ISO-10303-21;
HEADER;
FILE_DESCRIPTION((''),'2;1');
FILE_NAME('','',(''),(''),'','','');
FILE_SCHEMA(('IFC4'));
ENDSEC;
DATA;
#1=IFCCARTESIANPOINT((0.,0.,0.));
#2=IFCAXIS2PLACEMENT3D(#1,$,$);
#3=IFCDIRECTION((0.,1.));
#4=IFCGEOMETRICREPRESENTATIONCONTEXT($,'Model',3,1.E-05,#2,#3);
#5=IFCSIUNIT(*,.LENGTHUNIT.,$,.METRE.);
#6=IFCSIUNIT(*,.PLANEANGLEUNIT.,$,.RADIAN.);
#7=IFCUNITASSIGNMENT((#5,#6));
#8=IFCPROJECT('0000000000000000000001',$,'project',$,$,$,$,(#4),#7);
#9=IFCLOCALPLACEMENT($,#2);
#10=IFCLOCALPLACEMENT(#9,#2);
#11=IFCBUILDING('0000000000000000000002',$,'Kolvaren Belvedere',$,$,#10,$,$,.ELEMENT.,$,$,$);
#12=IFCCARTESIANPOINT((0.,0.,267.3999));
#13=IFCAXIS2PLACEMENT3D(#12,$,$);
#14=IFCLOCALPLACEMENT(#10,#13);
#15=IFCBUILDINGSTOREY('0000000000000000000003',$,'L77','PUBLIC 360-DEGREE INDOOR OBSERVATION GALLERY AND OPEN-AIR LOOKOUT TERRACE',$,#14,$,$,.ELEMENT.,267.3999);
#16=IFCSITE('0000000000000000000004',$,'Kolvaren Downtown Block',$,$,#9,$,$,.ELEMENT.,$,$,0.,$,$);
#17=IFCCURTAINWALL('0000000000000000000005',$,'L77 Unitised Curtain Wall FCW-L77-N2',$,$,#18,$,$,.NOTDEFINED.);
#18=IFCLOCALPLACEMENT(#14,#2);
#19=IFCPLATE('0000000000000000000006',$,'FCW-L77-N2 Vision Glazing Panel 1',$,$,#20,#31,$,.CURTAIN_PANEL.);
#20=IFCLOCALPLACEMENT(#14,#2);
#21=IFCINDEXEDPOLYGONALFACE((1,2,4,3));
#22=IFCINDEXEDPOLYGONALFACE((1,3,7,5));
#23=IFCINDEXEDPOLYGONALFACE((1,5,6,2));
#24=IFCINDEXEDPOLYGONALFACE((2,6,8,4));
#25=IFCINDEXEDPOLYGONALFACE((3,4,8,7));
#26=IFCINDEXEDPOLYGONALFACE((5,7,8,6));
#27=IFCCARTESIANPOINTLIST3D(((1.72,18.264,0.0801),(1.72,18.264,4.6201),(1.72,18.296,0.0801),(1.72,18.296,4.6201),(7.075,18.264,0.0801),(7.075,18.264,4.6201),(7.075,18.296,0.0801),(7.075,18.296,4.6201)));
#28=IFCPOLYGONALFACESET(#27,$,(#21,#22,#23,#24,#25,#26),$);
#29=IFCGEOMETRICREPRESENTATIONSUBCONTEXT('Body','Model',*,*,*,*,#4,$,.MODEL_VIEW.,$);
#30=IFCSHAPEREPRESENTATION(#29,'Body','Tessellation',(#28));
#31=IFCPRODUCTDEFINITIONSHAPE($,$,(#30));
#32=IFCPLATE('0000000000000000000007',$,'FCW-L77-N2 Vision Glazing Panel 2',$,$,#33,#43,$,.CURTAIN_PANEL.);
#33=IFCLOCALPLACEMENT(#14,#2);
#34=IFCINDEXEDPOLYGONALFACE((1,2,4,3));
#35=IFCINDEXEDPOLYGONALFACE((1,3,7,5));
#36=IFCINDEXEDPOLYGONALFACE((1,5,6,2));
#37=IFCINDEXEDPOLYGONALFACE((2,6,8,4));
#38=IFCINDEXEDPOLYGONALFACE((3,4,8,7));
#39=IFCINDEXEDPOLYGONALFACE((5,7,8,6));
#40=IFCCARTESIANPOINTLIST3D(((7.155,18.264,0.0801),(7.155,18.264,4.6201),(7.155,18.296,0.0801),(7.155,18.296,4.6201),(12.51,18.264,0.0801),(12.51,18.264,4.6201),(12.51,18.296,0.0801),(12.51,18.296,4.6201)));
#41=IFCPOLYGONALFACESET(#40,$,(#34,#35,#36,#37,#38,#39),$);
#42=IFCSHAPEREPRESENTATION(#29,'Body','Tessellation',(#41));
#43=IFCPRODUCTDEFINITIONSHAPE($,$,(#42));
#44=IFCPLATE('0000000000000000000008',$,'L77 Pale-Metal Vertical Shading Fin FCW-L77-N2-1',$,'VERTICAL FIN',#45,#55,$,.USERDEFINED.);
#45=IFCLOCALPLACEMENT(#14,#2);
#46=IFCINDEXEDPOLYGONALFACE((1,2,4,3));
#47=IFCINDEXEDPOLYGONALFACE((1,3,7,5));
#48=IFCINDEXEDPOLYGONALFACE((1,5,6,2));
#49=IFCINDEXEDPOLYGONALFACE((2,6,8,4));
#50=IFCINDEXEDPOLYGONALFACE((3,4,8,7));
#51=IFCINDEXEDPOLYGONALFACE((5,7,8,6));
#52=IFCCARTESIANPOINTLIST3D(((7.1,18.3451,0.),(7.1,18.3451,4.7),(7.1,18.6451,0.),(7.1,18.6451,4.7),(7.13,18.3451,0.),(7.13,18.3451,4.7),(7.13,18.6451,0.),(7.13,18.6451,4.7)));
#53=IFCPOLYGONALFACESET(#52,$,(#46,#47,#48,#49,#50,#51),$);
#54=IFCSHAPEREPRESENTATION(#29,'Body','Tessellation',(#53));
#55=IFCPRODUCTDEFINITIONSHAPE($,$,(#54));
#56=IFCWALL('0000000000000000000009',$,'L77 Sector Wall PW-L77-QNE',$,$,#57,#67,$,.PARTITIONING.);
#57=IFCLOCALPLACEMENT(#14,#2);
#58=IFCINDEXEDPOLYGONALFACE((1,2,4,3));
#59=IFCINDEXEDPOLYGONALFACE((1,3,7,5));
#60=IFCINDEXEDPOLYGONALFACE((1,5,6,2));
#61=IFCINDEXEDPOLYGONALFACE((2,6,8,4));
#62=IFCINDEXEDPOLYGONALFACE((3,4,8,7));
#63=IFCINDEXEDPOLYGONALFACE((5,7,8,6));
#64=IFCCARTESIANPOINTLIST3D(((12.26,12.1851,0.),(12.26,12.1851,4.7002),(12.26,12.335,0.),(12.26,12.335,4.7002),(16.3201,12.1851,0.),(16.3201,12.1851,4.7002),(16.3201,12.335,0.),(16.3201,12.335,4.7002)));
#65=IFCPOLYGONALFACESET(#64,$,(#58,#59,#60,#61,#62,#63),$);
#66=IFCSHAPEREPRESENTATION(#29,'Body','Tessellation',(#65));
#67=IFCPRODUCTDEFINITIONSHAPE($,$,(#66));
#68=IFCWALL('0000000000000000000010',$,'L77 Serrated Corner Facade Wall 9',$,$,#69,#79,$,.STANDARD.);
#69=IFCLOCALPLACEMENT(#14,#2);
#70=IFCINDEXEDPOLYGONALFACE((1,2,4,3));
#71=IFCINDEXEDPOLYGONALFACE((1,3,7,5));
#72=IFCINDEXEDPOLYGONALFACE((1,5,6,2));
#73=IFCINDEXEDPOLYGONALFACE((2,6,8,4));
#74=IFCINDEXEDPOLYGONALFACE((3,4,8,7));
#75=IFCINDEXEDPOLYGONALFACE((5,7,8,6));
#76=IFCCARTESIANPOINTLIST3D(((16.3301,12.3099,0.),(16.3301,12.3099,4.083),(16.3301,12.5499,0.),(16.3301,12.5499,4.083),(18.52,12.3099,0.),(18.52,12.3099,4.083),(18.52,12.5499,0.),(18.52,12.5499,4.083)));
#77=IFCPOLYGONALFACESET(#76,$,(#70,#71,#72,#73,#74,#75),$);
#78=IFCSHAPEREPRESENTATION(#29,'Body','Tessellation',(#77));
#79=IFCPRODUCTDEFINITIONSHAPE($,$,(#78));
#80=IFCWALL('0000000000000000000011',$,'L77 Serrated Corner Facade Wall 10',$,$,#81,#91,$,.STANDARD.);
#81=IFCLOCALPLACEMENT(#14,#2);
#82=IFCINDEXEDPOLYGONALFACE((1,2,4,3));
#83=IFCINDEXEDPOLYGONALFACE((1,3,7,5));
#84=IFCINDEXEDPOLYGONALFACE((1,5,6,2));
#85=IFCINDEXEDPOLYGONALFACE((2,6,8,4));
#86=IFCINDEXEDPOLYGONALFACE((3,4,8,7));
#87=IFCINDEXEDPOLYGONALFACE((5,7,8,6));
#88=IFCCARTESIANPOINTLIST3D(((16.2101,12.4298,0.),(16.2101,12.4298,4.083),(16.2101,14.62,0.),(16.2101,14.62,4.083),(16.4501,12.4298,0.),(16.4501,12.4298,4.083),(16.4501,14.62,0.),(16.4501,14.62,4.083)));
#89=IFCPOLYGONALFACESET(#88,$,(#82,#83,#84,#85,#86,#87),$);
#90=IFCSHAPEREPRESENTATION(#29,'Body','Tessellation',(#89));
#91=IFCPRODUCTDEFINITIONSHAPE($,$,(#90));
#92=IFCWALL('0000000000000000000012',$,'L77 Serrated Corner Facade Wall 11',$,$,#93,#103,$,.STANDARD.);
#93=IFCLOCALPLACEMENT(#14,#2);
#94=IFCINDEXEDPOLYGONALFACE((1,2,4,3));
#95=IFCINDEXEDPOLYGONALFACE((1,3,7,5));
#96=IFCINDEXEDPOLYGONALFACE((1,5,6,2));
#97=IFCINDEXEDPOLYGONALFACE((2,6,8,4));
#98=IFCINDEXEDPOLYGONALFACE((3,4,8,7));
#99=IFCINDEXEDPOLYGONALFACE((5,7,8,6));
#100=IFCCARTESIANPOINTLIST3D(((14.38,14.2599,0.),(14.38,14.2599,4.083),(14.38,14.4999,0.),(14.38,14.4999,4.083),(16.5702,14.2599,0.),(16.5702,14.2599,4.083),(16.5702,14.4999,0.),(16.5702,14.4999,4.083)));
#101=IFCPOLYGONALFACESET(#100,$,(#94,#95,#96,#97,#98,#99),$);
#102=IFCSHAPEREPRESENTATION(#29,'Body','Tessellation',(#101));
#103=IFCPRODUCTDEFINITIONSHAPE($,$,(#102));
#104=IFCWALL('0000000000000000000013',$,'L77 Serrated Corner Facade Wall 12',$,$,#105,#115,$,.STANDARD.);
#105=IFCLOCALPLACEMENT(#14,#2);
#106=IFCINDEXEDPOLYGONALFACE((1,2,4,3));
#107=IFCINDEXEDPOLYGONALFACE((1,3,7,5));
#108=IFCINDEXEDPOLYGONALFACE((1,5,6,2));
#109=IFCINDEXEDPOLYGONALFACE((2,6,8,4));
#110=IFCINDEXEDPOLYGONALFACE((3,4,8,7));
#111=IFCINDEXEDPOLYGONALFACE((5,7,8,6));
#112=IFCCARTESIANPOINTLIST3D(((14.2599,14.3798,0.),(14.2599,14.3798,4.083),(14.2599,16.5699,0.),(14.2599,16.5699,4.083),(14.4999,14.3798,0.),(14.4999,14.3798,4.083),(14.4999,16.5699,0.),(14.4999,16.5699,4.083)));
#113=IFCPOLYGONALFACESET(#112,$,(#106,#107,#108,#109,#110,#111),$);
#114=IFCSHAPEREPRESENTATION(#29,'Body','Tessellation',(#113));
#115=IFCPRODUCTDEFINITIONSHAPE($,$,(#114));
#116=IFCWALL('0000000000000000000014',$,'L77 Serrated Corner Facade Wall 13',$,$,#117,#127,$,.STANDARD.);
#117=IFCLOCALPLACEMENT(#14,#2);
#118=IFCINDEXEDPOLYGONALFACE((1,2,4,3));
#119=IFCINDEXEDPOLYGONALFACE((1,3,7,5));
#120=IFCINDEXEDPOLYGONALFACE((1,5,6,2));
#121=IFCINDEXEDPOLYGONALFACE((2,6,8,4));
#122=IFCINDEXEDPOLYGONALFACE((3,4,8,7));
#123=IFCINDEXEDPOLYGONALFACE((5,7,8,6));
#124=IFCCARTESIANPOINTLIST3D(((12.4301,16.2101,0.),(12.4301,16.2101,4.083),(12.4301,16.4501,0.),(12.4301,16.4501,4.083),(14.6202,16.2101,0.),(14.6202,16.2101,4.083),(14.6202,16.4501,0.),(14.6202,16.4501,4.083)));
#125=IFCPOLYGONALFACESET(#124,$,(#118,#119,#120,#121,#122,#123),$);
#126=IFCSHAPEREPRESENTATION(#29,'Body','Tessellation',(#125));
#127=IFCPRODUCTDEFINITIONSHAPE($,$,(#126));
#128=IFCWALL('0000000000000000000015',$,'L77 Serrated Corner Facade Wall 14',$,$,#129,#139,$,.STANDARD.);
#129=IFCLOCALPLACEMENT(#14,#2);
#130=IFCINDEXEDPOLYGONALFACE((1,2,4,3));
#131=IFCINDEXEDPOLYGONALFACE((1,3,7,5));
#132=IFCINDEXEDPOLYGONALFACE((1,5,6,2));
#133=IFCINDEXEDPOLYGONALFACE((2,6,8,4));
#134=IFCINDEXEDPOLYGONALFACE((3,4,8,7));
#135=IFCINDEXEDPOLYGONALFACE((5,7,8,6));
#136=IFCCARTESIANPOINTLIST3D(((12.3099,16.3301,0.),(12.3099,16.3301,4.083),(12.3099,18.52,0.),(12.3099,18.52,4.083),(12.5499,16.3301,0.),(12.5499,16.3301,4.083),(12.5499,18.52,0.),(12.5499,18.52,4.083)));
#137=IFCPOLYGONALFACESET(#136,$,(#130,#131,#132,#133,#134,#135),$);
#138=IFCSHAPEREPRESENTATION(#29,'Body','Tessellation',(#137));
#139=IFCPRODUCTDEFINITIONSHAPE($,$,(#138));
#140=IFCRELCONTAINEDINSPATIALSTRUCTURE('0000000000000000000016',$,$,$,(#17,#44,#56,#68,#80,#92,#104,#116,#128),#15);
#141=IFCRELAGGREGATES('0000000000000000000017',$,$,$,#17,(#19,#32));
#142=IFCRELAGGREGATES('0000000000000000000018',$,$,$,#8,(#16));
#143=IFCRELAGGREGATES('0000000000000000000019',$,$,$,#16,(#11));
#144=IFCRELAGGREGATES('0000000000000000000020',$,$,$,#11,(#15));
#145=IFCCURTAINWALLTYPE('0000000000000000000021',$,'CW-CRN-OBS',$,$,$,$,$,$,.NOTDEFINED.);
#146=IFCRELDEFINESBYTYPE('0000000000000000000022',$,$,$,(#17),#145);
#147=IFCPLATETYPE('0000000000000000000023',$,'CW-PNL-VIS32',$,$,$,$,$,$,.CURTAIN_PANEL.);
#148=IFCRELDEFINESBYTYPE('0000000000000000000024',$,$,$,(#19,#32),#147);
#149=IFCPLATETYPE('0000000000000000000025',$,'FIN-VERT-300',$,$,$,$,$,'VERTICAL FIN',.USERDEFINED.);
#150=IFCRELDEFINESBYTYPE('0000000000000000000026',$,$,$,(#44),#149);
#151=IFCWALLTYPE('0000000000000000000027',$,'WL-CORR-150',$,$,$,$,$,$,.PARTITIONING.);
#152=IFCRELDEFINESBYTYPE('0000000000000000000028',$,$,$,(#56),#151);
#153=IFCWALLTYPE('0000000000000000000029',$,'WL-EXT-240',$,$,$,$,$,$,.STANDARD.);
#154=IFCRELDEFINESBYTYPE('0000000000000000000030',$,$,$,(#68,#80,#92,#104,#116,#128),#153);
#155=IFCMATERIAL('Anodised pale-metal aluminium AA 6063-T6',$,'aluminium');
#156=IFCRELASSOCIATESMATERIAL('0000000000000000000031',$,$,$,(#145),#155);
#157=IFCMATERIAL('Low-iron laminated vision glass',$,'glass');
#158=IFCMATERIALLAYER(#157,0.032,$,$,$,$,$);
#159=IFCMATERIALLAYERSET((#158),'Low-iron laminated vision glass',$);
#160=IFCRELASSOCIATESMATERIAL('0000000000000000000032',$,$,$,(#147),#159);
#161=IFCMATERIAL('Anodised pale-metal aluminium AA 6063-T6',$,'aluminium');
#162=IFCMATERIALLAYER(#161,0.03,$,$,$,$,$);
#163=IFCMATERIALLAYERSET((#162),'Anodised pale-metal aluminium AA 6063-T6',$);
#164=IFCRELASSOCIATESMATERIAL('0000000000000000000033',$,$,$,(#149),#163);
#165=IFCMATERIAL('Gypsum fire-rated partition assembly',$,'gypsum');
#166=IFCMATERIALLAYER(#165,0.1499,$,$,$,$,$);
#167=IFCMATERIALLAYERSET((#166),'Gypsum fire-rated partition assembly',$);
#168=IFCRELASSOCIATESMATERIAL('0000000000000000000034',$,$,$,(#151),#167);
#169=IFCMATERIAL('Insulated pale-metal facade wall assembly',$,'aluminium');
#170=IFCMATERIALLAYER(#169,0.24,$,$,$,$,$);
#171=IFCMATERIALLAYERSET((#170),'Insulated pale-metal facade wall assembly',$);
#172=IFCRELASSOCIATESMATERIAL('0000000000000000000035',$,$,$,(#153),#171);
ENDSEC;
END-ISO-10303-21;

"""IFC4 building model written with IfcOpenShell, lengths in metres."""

from ifc_helpers import new_model, si_unit, direction, frame, frame_2d, origin, origin_2d, place, context, subcontext, project, spatial, rectangle, extrude, material, layer, layer_set, type_object, element, aggregate, save


model = new_model("IFC4")

# Units and contexts
model_context = context("Model", 3, precision=1e-05, world=origin(), true_north=direction((0.0, 1.0)))
body_context = subcontext(model_context, "Body", "Model", "MODEL_VIEW")
ifc_project = project(units=[si_unit("LENGTHUNIT", "METRE"), si_unit("PLANEANGLEUNIT", "RADIAN")], contexts=[model_context])

# Site, building, storey
site_placement = place(None, origin())
site = spatial("IfcSite", under=ifc_project, at=site_placement, Name="Kolvaren Downtown Block", CompositionType="ELEMENT", RefElevation=0.0)
building_placement = place(site_placement, origin())
building = spatial("IfcBuilding", under=site, at=building_placement, Name="Kolvaren Belvedere", CompositionType="ELEMENT")
storey_placement = place(building_placement, frame((0.0, 0.0, 267.3999)))
storey = spatial("IfcBuildingStorey", under=building, at=storey_placement, Name="L77", Description="PUBLIC 360-DEGREE INDOOR OBSERVATION GALLERY AND OPEN-AIR LOOKOUT TERRACE", CompositionType="ELEMENT", Elevation=267.3999)

# Shared definitions
ifc_material_1 = material(Name="Anodised pale-metal aluminium AA 6063-T6", Category="aluminium")
curtain_wall_type = type_object("IfcCurtainWallType", Name="CW-CRN-OBS", PredefinedType="NOTDEFINED", material=ifc_material_1)

# Curtain wall
curtain_wall_1_placement = place(storey_placement, origin())
curtain_wall_1 = element("IfcCurtainWall", 1, at=curtain_wall_1_placement, inside=storey, type_object=curtain_wall_type, Name="L77 Unitised Curtain Wall FCW-L77-N2", PredefinedType="NOTDEFINED")

# Plates
ifc_material_2 = material(Name="Low-iron laminated vision glass", Category="glass")
ifc_layer_1 = layer(ifc_material_2, 0.032)
ifc_layer_set_1 = layer_set([ifc_layer_1], Name="Low-iron laminated vision glass")
plate_type_1 = type_object("IfcPlateType", Name="CW-PNL-VIS32", PredefinedType="CURTAIN_PANEL", material=ifc_layer_set_1)
plate_1_placement = place(storey_placement, frame((4.3975, 18.28, 0.0801), z_axis=(0.0, 0.0, 1.0), x_axis=(1.0, 0.0, 0.0)))
plate_1 = element("IfcPlate", 2, at=plate_1_placement, type_object=plate_type_1, Name="FCW-L77-N2 Vision Glazing Panel 1", PredefinedType="CURTAIN_PANEL", context=body_context, shape_type="SweptSolid", body=[
    extrude(rectangle(XDim=5.355, YDim=0.032, at=origin_2d()), origin(), (0.0, 0.0, 1.0), 4.54),
])
plate_2_placement = place(storey_placement, frame((9.8325, 18.28, 0.0801), z_axis=(0.0, 0.0, 1.0), x_axis=(1.0, 0.0, 0.0)))
plate_2 = element("IfcPlate", 3, at=plate_2_placement, type_object=plate_type_1, Name="FCW-L77-N2 Vision Glazing Panel 2", PredefinedType="CURTAIN_PANEL", context=body_context, shape_type="SweptSolid", body=[
    extrude(rectangle(XDim=5.355, YDim=0.032, at=origin_2d()), origin(), (0.0, 0.0, 1.0), 4.54),
])
aggregate(curtain_wall_1, [plate_1, plate_2])
ifc_material_3 = material(Name="Anodised pale-metal aluminium AA 6063-T6", Category="aluminium")
ifc_layer_2 = layer(ifc_material_3, 0.03)
ifc_layer_set_2 = layer_set([ifc_layer_2], Name="Anodised pale-metal aluminium AA 6063-T6")
plate_type_2 = type_object("IfcPlateType", Name="FIN-VERT-300", ElementType="VERTICAL FIN", PredefinedType="USERDEFINED", material=ifc_layer_set_2)
plate_3_placement = place(storey_placement, frame((7.115, 18.4951, 0.0), z_axis=(0.0, 0.0, 1.0), x_axis=(0.0, 1.0, 0.0)))
element("IfcPlate", 4, at=plate_3_placement, inside=storey, type_object=plate_type_2, Name="L77 Pale-Metal Vertical Shading Fin FCW-L77-N2-1", ObjectType="VERTICAL FIN", PredefinedType="USERDEFINED", context=body_context, shape_type="SweptSolid", body=[
    extrude(rectangle(XDim=0.3, YDim=0.03, at=origin_2d()), origin(), (0.0, 0.0, 1.0), 4.7),
])

# Walls
ifc_material_4 = material(Name="Gypsum fire-rated partition assembly", Category="gypsum")
ifc_layer_3 = layer(ifc_material_4, 0.1499)
ifc_layer_set_3 = layer_set([ifc_layer_3], Name="Gypsum fire-rated partition assembly")
wall_type_1 = type_object("IfcWallType", Name="WL-CORR-150", PredefinedType="PARTITIONING", material=ifc_layer_set_3)
wall_1_placement = place(storey_placement, frame((12.26, 12.26, 0.0), z_axis=(0.0, 0.0, 1.0), x_axis=(1.0, 0.0, 0.0)))
element("IfcWall", 5, at=wall_1_placement, inside=storey, type_object=wall_type_1, Name="L77 Sector Wall PW-L77-QNE", PredefinedType="PARTITIONING", context=body_context, shape_type="SweptSolid", body=[
    extrude(rectangle(XDim=4.0601, YDim=0.1499, at=frame_2d((2.03, 0.0))), origin(), (0.0, 0.0, 1.0), 4.7002),
])
ifc_material_5 = material(Name="Insulated pale-metal facade wall assembly", Category="aluminium")
ifc_layer_4 = layer(ifc_material_5, 0.24)
ifc_layer_set_4 = layer_set([ifc_layer_4], Name="Insulated pale-metal facade wall assembly")
wall_type_2 = type_object("IfcWallType", Name="WL-EXT-240", PredefinedType="STANDARD", material=ifc_layer_set_4)
wall_2_placement = place(storey_placement, frame((16.3301, 12.4299, 0.0), z_axis=(0.0, 0.0, 1.0), x_axis=(1.0, 0.0, 0.0)))
element("IfcWall", 6, at=wall_2_placement, inside=storey, type_object=wall_type_2, Name="L77 Serrated Corner Facade Wall 9", PredefinedType="STANDARD", context=body_context, shape_type="SweptSolid", body=[
    extrude(rectangle(XDim=2.1899, YDim=0.24, at=frame_2d((1.095, 0.0))), origin(), (0.0, 0.0, 1.0), 4.083),
])
for number, where, z_axis, x_axis, name in (
    (7, (16.3301, 14.6201, 0.0), (0.0, 0.0, 1.0), (0.0, -1.0, 0.0), "L77 Serrated Corner Facade Wall 10"),
    (8, (14.3799, 14.3799, 0.0), (0.0, 0.0, 1.0), (1.0, 0.0, 0.0), "L77 Serrated Corner Facade Wall 11"),
    (9, (14.3799, 16.5701, 0.0), (0.0, 0.0, 1.0), (0.0, -1.0, 0.0), "L77 Serrated Corner Facade Wall 12"),
    (10, (12.4299, 16.3301, 0.0), (0.0, 0.0, 1.0), (1.0, 0.0, 0.0), "L77 Serrated Corner Facade Wall 13"),
):
    element("IfcWall", number, at=place(storey_placement, frame(where, z_axis=z_axis, x_axis=x_axis)), inside=storey, type_object=wall_type_2, Name=name, PredefinedType="STANDARD", context=body_context, shape_type="SweptSolid", body=[
        extrude(rectangle(XDim=2.1902, YDim=0.24, at=frame_2d((1.0952, 0.0))), origin(), (0.0, 0.0, 1.0), 4.083),
    ])
wall_3_placement = place(storey_placement, frame((12.4299, 18.52, 0.0), z_axis=(0.0, 0.0, 1.0), x_axis=(0.0, -1.0, 0.0)))
element("IfcWall", 11, at=wall_3_placement, inside=storey, type_object=wall_type_2, Name="L77 Serrated Corner Facade Wall 14", PredefinedType="STANDARD", context=body_context, shape_type="SweptSolid", body=[
    extrude(rectangle(XDim=2.1899, YDim=0.24, at=frame_2d((1.095, 0.0))), origin(), (0.0, 0.0, 1.0), 4.083),
])

save(model, "model.ifc")
